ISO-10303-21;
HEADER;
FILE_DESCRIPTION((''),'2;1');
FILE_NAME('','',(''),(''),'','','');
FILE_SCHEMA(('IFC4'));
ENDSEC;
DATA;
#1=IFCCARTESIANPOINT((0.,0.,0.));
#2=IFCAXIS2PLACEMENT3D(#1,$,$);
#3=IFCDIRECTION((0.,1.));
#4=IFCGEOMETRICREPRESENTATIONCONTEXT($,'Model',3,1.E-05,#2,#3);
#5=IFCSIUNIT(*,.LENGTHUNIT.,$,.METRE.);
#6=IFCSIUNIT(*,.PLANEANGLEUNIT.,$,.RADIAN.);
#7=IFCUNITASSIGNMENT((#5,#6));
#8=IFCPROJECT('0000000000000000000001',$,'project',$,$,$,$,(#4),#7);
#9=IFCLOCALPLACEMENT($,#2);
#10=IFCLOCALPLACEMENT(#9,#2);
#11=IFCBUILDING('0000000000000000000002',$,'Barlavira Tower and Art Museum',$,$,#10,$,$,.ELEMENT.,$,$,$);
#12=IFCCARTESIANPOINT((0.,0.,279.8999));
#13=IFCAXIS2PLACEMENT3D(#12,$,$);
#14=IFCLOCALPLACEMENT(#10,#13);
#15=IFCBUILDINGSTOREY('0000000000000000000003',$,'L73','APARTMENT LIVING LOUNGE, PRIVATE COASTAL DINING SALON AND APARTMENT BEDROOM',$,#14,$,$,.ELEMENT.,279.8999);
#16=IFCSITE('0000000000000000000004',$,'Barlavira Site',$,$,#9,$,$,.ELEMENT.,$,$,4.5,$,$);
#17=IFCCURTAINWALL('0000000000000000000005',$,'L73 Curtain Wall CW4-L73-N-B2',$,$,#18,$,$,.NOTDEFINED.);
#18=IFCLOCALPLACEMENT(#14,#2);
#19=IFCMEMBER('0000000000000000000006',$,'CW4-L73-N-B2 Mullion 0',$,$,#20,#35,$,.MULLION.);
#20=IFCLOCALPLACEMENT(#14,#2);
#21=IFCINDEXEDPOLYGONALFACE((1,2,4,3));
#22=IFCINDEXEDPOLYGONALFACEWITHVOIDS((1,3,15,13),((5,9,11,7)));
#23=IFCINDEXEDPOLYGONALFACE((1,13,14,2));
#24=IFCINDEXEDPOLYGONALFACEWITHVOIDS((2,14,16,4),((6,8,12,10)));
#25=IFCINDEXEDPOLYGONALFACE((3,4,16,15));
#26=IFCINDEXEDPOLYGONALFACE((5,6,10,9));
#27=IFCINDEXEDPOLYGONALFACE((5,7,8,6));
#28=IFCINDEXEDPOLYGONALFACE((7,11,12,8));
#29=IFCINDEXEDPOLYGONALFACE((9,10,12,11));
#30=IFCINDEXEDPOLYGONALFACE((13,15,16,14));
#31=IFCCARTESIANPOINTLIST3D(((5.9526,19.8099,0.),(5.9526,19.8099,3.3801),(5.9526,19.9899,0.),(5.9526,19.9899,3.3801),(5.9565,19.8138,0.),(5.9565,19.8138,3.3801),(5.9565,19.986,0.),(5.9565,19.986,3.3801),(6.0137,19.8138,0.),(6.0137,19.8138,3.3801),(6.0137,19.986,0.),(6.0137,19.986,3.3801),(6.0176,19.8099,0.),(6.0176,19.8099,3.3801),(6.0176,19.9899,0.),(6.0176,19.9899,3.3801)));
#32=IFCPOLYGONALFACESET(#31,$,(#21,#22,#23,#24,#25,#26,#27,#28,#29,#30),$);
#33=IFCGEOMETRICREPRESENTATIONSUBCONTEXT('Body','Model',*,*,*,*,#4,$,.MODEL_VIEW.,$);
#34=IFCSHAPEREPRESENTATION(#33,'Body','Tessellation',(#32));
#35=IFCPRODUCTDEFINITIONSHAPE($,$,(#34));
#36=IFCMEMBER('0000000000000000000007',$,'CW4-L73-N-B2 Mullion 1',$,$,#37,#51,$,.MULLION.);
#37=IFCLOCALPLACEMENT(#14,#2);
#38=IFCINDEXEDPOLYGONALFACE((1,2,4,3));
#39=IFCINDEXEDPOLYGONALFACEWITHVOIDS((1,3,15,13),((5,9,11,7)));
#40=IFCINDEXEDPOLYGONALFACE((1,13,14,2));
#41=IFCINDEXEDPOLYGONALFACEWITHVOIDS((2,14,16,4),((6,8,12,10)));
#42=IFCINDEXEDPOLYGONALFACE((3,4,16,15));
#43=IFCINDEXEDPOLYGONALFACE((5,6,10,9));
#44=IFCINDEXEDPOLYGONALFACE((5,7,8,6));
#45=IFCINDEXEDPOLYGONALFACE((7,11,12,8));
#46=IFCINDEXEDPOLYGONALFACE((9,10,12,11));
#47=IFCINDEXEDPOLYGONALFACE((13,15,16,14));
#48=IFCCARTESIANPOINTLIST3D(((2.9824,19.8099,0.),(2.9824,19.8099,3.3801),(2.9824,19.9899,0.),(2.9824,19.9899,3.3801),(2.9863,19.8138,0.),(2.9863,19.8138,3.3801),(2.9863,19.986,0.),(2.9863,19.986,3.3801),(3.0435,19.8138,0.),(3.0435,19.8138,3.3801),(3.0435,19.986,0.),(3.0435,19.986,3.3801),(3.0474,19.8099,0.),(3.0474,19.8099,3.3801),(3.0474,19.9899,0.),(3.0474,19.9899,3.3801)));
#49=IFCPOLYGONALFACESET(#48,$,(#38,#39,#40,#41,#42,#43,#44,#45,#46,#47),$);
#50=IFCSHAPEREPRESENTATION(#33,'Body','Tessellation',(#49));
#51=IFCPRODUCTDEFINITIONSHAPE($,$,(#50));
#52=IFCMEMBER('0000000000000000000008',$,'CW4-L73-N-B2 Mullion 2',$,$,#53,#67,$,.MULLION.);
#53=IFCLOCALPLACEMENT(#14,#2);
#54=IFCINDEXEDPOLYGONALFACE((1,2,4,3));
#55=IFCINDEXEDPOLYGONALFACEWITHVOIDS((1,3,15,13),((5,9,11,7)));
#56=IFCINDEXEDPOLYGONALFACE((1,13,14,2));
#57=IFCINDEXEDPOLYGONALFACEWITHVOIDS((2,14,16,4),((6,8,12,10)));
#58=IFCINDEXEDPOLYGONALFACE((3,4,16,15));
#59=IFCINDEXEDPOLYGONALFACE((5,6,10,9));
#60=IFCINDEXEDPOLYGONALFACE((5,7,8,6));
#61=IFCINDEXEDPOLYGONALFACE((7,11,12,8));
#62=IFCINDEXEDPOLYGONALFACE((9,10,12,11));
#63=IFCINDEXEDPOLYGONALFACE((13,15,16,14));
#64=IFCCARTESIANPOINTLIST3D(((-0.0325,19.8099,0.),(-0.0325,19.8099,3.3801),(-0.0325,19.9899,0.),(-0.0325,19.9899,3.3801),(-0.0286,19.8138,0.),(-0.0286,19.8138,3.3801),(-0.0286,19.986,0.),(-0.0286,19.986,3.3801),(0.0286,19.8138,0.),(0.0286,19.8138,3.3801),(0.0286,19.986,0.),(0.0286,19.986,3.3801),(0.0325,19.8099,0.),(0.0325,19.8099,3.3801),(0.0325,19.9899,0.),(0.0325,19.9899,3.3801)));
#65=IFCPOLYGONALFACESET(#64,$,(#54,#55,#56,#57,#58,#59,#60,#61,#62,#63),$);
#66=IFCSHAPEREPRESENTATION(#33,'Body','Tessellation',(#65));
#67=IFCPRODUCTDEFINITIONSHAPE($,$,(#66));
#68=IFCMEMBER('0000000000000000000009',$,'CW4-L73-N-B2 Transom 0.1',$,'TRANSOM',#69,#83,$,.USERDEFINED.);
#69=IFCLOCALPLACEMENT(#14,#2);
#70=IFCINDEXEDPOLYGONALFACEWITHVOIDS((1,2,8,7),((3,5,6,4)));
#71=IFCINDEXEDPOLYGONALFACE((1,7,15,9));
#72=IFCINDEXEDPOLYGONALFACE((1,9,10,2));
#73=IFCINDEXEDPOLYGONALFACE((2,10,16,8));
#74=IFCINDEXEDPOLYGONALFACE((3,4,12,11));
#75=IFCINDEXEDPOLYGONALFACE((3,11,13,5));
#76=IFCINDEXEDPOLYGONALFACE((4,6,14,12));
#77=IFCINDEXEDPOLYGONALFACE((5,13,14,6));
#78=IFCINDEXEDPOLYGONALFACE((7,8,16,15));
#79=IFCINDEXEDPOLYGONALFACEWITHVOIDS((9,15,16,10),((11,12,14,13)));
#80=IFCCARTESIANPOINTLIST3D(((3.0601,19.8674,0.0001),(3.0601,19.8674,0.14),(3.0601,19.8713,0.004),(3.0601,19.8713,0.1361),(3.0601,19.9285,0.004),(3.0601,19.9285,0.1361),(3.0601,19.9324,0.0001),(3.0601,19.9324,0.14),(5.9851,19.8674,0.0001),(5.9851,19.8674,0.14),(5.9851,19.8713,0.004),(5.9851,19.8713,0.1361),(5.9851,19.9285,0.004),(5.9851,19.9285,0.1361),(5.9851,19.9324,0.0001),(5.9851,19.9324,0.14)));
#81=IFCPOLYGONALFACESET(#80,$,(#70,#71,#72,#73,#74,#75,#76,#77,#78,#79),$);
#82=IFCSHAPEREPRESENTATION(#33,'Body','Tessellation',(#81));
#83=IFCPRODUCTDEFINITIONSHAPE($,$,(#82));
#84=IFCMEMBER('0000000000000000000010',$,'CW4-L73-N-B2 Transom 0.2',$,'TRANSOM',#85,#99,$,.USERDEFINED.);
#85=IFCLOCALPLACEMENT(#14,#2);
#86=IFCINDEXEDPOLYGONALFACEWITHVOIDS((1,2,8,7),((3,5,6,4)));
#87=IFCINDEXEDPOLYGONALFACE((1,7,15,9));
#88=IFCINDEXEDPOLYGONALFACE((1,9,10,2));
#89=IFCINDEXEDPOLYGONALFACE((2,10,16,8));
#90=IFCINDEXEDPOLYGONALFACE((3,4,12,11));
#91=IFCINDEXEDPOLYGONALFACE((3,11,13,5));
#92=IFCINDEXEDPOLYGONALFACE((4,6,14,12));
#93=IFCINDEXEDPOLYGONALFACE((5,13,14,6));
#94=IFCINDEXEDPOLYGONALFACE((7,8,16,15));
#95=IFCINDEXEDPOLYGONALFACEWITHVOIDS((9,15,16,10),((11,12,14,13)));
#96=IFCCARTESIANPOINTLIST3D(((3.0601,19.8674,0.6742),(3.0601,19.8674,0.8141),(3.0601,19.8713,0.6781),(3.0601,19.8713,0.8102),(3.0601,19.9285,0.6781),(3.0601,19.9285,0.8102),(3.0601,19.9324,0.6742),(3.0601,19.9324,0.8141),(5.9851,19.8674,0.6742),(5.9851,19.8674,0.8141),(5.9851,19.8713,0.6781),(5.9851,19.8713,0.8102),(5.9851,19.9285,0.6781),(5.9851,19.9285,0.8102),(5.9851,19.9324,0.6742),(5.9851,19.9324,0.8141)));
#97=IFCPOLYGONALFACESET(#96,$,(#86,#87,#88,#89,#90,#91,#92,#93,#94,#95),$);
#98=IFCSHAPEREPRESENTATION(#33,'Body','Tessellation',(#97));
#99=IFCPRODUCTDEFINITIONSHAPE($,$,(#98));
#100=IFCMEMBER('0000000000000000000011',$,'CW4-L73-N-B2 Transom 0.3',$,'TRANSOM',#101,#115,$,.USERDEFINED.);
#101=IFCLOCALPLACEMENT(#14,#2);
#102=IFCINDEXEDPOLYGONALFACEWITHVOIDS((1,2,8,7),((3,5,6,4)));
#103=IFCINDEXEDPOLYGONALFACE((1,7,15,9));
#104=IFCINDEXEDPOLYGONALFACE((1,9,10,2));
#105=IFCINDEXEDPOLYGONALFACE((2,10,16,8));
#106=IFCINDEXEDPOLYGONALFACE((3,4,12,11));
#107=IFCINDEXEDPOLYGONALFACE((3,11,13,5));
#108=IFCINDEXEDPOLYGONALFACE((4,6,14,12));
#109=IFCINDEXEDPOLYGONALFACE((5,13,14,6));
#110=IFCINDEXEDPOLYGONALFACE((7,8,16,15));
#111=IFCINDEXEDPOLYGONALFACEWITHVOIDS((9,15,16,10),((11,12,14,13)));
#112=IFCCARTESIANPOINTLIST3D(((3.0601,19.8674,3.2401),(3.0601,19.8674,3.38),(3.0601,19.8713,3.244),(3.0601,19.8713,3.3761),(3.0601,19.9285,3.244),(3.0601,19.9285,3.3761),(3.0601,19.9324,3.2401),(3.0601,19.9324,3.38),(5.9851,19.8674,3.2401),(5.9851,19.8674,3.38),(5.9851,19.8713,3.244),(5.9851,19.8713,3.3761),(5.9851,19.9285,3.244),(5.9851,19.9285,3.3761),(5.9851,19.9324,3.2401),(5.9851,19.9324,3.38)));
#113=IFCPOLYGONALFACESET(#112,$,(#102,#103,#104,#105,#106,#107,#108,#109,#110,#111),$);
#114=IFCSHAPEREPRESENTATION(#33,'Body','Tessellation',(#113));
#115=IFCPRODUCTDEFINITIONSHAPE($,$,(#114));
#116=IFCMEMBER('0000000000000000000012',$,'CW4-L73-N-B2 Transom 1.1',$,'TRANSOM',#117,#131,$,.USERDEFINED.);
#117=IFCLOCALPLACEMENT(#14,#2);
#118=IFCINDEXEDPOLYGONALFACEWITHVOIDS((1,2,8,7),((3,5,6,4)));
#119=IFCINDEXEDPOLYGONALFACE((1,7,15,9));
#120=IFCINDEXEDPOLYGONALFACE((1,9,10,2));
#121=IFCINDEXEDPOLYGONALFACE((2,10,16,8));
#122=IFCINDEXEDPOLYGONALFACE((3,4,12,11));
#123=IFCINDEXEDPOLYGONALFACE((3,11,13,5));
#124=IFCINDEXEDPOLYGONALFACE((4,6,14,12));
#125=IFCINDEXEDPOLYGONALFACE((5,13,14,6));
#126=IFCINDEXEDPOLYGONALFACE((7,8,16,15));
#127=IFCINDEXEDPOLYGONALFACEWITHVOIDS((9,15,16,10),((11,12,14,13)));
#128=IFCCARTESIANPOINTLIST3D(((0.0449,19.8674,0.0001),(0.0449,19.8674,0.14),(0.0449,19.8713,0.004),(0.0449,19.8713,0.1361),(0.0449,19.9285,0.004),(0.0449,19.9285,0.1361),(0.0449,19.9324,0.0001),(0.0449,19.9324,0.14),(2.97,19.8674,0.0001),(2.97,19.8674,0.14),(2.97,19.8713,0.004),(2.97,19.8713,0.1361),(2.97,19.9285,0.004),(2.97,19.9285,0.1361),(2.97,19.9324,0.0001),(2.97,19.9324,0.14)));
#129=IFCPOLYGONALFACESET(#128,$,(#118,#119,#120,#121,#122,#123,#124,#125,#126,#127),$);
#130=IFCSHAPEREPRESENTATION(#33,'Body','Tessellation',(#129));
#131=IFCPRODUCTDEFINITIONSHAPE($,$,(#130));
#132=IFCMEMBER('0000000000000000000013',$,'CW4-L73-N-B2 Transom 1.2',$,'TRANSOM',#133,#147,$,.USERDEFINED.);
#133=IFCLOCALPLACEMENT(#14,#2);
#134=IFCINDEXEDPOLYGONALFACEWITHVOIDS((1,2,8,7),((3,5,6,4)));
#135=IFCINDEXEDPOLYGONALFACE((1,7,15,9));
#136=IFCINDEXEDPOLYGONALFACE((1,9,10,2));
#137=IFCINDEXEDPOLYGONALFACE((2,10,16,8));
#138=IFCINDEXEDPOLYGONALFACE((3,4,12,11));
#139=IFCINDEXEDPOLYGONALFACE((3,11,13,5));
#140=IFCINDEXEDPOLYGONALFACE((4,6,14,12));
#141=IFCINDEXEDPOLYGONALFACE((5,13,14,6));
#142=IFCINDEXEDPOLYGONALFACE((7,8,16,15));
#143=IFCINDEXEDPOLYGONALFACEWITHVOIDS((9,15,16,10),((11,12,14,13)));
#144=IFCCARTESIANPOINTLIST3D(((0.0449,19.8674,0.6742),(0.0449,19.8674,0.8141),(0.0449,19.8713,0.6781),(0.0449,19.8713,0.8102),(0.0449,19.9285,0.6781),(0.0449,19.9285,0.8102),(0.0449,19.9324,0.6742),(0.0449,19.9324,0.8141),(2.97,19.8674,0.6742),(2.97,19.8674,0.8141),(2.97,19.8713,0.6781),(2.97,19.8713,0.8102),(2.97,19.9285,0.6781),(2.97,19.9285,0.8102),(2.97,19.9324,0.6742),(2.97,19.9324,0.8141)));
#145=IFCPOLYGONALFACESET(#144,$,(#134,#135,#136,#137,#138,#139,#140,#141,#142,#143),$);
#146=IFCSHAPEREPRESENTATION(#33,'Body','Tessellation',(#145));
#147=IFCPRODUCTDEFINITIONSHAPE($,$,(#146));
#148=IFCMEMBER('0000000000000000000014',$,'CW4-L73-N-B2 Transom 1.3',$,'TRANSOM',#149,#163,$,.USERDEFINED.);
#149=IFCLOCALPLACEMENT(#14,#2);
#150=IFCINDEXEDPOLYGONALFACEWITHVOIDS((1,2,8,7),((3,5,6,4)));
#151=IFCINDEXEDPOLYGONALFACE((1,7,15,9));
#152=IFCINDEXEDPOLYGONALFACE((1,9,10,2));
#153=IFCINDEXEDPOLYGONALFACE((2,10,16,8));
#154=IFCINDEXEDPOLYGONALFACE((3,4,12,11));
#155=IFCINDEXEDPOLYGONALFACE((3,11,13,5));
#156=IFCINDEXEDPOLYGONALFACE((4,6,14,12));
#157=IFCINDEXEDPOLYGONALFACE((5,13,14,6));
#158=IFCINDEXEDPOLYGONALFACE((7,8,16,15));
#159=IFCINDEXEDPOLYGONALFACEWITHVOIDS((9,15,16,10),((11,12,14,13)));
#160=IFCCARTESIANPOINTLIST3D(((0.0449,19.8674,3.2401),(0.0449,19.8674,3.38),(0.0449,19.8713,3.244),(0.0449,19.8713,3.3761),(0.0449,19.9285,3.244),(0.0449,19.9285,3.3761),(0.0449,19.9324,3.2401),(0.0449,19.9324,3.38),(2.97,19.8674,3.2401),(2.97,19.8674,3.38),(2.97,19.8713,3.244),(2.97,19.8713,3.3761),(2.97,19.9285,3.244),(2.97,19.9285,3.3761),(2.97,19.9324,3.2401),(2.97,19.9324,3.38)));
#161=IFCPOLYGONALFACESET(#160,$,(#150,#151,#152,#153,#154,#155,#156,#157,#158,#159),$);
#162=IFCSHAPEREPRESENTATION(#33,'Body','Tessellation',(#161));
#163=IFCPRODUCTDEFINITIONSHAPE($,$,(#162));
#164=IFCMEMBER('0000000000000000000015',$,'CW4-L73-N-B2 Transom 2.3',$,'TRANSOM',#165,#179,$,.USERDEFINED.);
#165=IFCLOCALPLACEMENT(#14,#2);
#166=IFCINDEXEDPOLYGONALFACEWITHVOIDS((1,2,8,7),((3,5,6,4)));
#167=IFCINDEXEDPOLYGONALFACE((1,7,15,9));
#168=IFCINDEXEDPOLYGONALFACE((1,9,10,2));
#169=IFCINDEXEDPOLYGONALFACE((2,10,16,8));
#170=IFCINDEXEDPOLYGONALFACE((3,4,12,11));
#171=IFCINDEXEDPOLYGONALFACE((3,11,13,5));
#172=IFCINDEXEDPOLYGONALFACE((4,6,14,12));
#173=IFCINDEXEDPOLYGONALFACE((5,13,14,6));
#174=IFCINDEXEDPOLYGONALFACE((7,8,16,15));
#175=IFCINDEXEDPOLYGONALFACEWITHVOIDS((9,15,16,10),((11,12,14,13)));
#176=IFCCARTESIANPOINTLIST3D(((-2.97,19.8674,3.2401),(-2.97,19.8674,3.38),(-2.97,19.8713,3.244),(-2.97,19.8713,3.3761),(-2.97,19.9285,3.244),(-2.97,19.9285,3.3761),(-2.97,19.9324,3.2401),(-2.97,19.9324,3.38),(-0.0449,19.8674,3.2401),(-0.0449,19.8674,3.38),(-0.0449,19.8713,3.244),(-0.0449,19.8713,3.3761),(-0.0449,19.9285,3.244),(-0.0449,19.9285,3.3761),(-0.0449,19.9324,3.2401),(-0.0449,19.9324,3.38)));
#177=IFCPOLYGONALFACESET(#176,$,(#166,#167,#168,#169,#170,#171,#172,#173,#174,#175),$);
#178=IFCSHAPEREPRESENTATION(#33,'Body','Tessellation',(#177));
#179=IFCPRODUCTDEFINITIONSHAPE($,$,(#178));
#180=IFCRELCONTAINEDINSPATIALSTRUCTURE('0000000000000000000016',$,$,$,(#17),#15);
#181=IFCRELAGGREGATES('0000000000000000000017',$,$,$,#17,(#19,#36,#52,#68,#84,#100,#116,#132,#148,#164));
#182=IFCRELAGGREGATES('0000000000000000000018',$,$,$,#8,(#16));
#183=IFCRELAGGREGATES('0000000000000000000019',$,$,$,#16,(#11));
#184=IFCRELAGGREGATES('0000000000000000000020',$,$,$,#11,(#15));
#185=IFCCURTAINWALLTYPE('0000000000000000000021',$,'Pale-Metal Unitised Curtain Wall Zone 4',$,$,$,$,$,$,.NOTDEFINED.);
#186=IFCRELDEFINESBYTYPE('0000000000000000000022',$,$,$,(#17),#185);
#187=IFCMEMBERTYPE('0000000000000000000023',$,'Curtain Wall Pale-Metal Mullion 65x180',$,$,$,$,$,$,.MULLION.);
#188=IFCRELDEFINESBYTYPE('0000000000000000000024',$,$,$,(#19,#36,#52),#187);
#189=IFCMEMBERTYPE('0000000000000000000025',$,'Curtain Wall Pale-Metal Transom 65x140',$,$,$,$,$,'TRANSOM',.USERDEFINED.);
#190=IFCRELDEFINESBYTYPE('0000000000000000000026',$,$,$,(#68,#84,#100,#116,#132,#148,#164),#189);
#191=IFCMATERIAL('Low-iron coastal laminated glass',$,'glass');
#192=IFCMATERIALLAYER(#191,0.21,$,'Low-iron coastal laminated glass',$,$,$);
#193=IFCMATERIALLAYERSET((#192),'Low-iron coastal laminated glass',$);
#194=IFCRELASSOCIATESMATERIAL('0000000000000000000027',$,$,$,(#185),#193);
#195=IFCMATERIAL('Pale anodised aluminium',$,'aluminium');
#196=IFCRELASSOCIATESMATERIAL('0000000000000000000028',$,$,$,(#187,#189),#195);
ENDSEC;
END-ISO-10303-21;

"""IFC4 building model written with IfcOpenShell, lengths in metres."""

from ifc_helpers import new_model, si_unit, direction, frame, origin, origin_2d, place, context, subcontext, project, spatial, hollow_rectangle, extrude, material, layer, layer_set, material_profile, profile_set, type_object, element, aggregate, save


model = new_model("IFC4")

# Units and contexts
model_context = context("Model", 3, precision=1e-05, world=origin(), true_north=direction((0.0, 1.0)))
body_context = subcontext(model_context, "Body", "Model", "MODEL_VIEW")
ifc_project = project(units=[si_unit("LENGTHUNIT", "METRE"), si_unit("PLANEANGLEUNIT", "RADIAN")], contexts=[model_context])

# Site, building, storey
site_placement = place(None, origin())
site = spatial("IfcSite", under=ifc_project, at=site_placement, Name="Barlavira Site", CompositionType="ELEMENT", RefElevation=4.5)
building_placement = place(site_placement, origin())
building = spatial("IfcBuilding", under=site, at=building_placement, Name="Barlavira Tower and Art Museum", CompositionType="ELEMENT")
storey_placement = place(building_placement, frame((0.0, 0.0, 279.8999)))
storey = spatial("IfcBuildingStorey", under=building, at=storey_placement, Name="L73", Description="APARTMENT LIVING LOUNGE, PRIVATE COASTAL DINING SALON AND APARTMENT BEDROOM", CompositionType="ELEMENT", Elevation=279.8999)

# Curtain wall, members
ifc_material_1 = material(Name="Low-iron coastal laminated glass", Category="glass")
ifc_layer_1 = layer(ifc_material_1, 0.21, Name="Low-iron coastal laminated glass")
ifc_layer_set_1 = layer_set([ifc_layer_1], Name="Low-iron coastal laminated glass")
curtain_wall_type = type_object("IfcCurtainWallType", Name="Pale-Metal Unitised Curtain Wall Zone 4", PredefinedType="NOTDEFINED", material=ifc_layer_set_1)
curtain_wall_placement = place(storey_placement, origin())
curtain_wall = element("IfcCurtainWall", 1, at=curtain_wall_placement, inside=storey, type_object=curtain_wall_type, Name="L73 Curtain Wall CW4-L73-N-B2", PredefinedType="NOTDEFINED")
ifc_material_2 = material(Name="Pale anodised aluminium", Category="aluminium")
ifc_material_profile_1 = material_profile(ifc_material_2, hollow_rectangle(XDim=0.0649, YDim=0.1799, WallThickness=0.0039, at=origin_2d()), Name="ALU-MULL 65x180x4")
ifc_profile_set_1 = profile_set([ifc_material_profile_1], Name="Pale anodised aluminium")
member_type_1 = type_object("IfcMemberType", Name="Curtain Wall Pale-Metal Mullion 65x180", PredefinedType="MULLION", material=ifc_profile_set_1)
member_1_placement = place(storey_placement, frame((5.9851, 19.8999, 0.0), z_axis=(0.0, 0.0, 1.0), x_axis=(-1.0, 0.0, 0.0)))
member_1 = element("IfcMember", 2, at=member_1_placement, type_object=member_type_1, Name="CW4-L73-N-B2 Mullion 0", PredefinedType="MULLION", context=body_context, shape_type="SweptSolid", body=[
    extrude(hollow_rectangle(XDim=0.0649, YDim=0.1799, WallThickness=0.0039, at=origin_2d()), origin(), (0.0, 0.0, 1.0), 3.3801),
])
member_2_placement = place(storey_placement, frame((3.0149, 19.8999, 0.0), z_axis=(0.0, 0.0, 1.0), x_axis=(-1.0, 0.0, 0.0)))
member_2 = element("IfcMember", 3, at=member_2_placement, type_object=member_type_1, Name="CW4-L73-N-B2 Mullion 1", PredefinedType="MULLION", context=body_context, shape_type="SweptSolid", body=[
    extrude(hollow_rectangle(XDim=0.0649, YDim=0.1799, WallThickness=0.0039, at=origin_2d()), origin(), (0.0, 0.0, 1.0), 3.3801),
])
member_3_placement = place(storey_placement, frame((0.0, 19.8999, 0.0), z_axis=(0.0, 0.0, 1.0), x_axis=(-1.0, 0.0, 0.0)))
member_3 = element("IfcMember", 4, at=member_3_placement, type_object=member_type_1, Name="CW4-L73-N-B2 Mullion 2", PredefinedType="MULLION", context=body_context, shape_type="SweptSolid", body=[
    extrude(hollow_rectangle(XDim=0.0649, YDim=0.1799, WallThickness=0.0039, at=origin_2d()), origin(), (0.0, 0.0, 1.0), 3.3801),
])
ifc_material_profile_2 = material_profile(ifc_material_2, hollow_rectangle(XDim=0.0649, YDim=0.1399, WallThickness=0.0039, at=origin_2d()), Name="ALU-TRAN 65x140x4")
ifc_profile_set_2 = profile_set([ifc_material_profile_2], Name="Pale anodised aluminium")
member_type_2 = type_object("IfcMemberType", Name="Curtain Wall Pale-Metal Transom 65x140", ElementType="TRANSOM", PredefinedType="USERDEFINED", material=ifc_profile_set_2)
member_4_placement = place(storey_placement, frame((5.9851, 19.8999, 0.0701), z_axis=(-1.0, 0.0, 0.0), x_axis=(0.0, -1.0, 0.0)))
member_4 = element("IfcMember", 5, at=member_4_placement, type_object=member_type_2, Name="CW4-L73-N-B2 Transom 0.1", ObjectType="TRANSOM", PredefinedType="USERDEFINED", context=body_context, shape_type="SweptSolid", body=[
    extrude(hollow_rectangle(XDim=0.0649, YDim=0.1399, WallThickness=0.0039, at=origin_2d()), origin(), (0.0, 0.0, 1.0), 2.925),
])
member_5_placement = place(storey_placement, frame((5.9851, 19.8999, 0.7441), z_axis=(-1.0, 0.0, 0.0), x_axis=(0.0, -1.0, 0.0)))
member_5 = element("IfcMember", 6, at=member_5_placement, type_object=member_type_2, Name="CW4-L73-N-B2 Transom 0.2", ObjectType="TRANSOM", PredefinedType="USERDEFINED", context=body_context, shape_type="SweptSolid", body=[
    extrude(hollow_rectangle(XDim=0.0649, YDim=0.1399, WallThickness=0.0039, at=origin_2d()), origin(), (0.0, 0.0, 1.0), 2.925),
])
member_6_placement = place(storey_placement, frame((5.9851, 19.8999, 3.3101), z_axis=(-1.0, 0.0, 0.0), x_axis=(0.0, -1.0, 0.0)))
member_6 = element("IfcMember", 7, at=member_6_placement, type_object=member_type_2, Name="CW4-L73-N-B2 Transom 0.3", ObjectType="TRANSOM", PredefinedType="USERDEFINED", context=body_context, shape_type="SweptSolid", body=[
    extrude(hollow_rectangle(XDim=0.0649, YDim=0.1399, WallThickness=0.0039, at=origin_2d()), origin(), (0.0, 0.0, 1.0), 2.925),
])
member_7_placement = place(storey_placement, frame((2.97, 19.8999, 0.0701), z_axis=(-1.0, 0.0, 0.0), x_axis=(0.0, -1.0, 0.0)))
member_7 = element("IfcMember", 8, at=member_7_placement, type_object=member_type_2, Name="CW4-L73-N-B2 Transom 1.1", ObjectType="TRANSOM", PredefinedType="USERDEFINED", context=body_context, shape_type="SweptSolid", body=[
    extrude(hollow_rectangle(XDim=0.0649, YDim=0.1399, WallThickness=0.0039, at=origin_2d()), origin(), (0.0, 0.0, 1.0), 2.925),
])
member_8_placement = place(storey_placement, frame((2.97, 19.8999, 0.7441), z_axis=(-1.0, 0.0, 0.0), x_axis=(0.0, -1.0, 0.0)))
member_8 = element("IfcMember", 9, at=member_8_placement, type_object=member_type_2, Name="CW4-L73-N-B2 Transom 1.2", ObjectType="TRANSOM", PredefinedType="USERDEFINED", context=body_context, shape_type="SweptSolid", body=[
    extrude(hollow_rectangle(XDim=0.0649, YDim=0.1399, WallThickness=0.0039, at=origin_2d()), origin(), (0.0, 0.0, 1.0), 2.925),
])
member_9_placement = place(storey_placement, frame((2.97, 19.8999, 3.3101), z_axis=(-1.0, 0.0, 0.0), x_axis=(0.0, -1.0, 0.0)))
member_9 = element("IfcMember", 10, at=member_9_placement, type_object=member_type_2, Name="CW4-L73-N-B2 Transom 1.3", ObjectType="TRANSOM", PredefinedType="USERDEFINED", context=body_context, shape_type="SweptSolid", body=[
    extrude(hollow_rectangle(XDim=0.0649, YDim=0.1399, WallThickness=0.0039, at=origin_2d()), origin(), (0.0, 0.0, 1.0), 2.925),
])
member_10_placement = place(storey_placement, frame((-0.0449, 19.8999, 3.3101), z_axis=(-1.0, 0.0, 0.0), x_axis=(0.0, -1.0, 0.0)))
member_10 = element("IfcMember", 11, at=member_10_placement, type_object=member_type_2, Name="CW4-L73-N-B2 Transom 2.3", ObjectType="TRANSOM", PredefinedType="USERDEFINED", context=body_context, shape_type="SweptSolid", body=[
    extrude(hollow_rectangle(XDim=0.0649, YDim=0.1399, WallThickness=0.0039, at=origin_2d()), origin(), (0.0, 0.0, 1.0), 2.925),
])

aggregate(curtain_wall, [member_1, member_2, member_3, member_4, member_5, member_6, member_7, member_8, member_9, member_10])

save(model, "model.ifc")
